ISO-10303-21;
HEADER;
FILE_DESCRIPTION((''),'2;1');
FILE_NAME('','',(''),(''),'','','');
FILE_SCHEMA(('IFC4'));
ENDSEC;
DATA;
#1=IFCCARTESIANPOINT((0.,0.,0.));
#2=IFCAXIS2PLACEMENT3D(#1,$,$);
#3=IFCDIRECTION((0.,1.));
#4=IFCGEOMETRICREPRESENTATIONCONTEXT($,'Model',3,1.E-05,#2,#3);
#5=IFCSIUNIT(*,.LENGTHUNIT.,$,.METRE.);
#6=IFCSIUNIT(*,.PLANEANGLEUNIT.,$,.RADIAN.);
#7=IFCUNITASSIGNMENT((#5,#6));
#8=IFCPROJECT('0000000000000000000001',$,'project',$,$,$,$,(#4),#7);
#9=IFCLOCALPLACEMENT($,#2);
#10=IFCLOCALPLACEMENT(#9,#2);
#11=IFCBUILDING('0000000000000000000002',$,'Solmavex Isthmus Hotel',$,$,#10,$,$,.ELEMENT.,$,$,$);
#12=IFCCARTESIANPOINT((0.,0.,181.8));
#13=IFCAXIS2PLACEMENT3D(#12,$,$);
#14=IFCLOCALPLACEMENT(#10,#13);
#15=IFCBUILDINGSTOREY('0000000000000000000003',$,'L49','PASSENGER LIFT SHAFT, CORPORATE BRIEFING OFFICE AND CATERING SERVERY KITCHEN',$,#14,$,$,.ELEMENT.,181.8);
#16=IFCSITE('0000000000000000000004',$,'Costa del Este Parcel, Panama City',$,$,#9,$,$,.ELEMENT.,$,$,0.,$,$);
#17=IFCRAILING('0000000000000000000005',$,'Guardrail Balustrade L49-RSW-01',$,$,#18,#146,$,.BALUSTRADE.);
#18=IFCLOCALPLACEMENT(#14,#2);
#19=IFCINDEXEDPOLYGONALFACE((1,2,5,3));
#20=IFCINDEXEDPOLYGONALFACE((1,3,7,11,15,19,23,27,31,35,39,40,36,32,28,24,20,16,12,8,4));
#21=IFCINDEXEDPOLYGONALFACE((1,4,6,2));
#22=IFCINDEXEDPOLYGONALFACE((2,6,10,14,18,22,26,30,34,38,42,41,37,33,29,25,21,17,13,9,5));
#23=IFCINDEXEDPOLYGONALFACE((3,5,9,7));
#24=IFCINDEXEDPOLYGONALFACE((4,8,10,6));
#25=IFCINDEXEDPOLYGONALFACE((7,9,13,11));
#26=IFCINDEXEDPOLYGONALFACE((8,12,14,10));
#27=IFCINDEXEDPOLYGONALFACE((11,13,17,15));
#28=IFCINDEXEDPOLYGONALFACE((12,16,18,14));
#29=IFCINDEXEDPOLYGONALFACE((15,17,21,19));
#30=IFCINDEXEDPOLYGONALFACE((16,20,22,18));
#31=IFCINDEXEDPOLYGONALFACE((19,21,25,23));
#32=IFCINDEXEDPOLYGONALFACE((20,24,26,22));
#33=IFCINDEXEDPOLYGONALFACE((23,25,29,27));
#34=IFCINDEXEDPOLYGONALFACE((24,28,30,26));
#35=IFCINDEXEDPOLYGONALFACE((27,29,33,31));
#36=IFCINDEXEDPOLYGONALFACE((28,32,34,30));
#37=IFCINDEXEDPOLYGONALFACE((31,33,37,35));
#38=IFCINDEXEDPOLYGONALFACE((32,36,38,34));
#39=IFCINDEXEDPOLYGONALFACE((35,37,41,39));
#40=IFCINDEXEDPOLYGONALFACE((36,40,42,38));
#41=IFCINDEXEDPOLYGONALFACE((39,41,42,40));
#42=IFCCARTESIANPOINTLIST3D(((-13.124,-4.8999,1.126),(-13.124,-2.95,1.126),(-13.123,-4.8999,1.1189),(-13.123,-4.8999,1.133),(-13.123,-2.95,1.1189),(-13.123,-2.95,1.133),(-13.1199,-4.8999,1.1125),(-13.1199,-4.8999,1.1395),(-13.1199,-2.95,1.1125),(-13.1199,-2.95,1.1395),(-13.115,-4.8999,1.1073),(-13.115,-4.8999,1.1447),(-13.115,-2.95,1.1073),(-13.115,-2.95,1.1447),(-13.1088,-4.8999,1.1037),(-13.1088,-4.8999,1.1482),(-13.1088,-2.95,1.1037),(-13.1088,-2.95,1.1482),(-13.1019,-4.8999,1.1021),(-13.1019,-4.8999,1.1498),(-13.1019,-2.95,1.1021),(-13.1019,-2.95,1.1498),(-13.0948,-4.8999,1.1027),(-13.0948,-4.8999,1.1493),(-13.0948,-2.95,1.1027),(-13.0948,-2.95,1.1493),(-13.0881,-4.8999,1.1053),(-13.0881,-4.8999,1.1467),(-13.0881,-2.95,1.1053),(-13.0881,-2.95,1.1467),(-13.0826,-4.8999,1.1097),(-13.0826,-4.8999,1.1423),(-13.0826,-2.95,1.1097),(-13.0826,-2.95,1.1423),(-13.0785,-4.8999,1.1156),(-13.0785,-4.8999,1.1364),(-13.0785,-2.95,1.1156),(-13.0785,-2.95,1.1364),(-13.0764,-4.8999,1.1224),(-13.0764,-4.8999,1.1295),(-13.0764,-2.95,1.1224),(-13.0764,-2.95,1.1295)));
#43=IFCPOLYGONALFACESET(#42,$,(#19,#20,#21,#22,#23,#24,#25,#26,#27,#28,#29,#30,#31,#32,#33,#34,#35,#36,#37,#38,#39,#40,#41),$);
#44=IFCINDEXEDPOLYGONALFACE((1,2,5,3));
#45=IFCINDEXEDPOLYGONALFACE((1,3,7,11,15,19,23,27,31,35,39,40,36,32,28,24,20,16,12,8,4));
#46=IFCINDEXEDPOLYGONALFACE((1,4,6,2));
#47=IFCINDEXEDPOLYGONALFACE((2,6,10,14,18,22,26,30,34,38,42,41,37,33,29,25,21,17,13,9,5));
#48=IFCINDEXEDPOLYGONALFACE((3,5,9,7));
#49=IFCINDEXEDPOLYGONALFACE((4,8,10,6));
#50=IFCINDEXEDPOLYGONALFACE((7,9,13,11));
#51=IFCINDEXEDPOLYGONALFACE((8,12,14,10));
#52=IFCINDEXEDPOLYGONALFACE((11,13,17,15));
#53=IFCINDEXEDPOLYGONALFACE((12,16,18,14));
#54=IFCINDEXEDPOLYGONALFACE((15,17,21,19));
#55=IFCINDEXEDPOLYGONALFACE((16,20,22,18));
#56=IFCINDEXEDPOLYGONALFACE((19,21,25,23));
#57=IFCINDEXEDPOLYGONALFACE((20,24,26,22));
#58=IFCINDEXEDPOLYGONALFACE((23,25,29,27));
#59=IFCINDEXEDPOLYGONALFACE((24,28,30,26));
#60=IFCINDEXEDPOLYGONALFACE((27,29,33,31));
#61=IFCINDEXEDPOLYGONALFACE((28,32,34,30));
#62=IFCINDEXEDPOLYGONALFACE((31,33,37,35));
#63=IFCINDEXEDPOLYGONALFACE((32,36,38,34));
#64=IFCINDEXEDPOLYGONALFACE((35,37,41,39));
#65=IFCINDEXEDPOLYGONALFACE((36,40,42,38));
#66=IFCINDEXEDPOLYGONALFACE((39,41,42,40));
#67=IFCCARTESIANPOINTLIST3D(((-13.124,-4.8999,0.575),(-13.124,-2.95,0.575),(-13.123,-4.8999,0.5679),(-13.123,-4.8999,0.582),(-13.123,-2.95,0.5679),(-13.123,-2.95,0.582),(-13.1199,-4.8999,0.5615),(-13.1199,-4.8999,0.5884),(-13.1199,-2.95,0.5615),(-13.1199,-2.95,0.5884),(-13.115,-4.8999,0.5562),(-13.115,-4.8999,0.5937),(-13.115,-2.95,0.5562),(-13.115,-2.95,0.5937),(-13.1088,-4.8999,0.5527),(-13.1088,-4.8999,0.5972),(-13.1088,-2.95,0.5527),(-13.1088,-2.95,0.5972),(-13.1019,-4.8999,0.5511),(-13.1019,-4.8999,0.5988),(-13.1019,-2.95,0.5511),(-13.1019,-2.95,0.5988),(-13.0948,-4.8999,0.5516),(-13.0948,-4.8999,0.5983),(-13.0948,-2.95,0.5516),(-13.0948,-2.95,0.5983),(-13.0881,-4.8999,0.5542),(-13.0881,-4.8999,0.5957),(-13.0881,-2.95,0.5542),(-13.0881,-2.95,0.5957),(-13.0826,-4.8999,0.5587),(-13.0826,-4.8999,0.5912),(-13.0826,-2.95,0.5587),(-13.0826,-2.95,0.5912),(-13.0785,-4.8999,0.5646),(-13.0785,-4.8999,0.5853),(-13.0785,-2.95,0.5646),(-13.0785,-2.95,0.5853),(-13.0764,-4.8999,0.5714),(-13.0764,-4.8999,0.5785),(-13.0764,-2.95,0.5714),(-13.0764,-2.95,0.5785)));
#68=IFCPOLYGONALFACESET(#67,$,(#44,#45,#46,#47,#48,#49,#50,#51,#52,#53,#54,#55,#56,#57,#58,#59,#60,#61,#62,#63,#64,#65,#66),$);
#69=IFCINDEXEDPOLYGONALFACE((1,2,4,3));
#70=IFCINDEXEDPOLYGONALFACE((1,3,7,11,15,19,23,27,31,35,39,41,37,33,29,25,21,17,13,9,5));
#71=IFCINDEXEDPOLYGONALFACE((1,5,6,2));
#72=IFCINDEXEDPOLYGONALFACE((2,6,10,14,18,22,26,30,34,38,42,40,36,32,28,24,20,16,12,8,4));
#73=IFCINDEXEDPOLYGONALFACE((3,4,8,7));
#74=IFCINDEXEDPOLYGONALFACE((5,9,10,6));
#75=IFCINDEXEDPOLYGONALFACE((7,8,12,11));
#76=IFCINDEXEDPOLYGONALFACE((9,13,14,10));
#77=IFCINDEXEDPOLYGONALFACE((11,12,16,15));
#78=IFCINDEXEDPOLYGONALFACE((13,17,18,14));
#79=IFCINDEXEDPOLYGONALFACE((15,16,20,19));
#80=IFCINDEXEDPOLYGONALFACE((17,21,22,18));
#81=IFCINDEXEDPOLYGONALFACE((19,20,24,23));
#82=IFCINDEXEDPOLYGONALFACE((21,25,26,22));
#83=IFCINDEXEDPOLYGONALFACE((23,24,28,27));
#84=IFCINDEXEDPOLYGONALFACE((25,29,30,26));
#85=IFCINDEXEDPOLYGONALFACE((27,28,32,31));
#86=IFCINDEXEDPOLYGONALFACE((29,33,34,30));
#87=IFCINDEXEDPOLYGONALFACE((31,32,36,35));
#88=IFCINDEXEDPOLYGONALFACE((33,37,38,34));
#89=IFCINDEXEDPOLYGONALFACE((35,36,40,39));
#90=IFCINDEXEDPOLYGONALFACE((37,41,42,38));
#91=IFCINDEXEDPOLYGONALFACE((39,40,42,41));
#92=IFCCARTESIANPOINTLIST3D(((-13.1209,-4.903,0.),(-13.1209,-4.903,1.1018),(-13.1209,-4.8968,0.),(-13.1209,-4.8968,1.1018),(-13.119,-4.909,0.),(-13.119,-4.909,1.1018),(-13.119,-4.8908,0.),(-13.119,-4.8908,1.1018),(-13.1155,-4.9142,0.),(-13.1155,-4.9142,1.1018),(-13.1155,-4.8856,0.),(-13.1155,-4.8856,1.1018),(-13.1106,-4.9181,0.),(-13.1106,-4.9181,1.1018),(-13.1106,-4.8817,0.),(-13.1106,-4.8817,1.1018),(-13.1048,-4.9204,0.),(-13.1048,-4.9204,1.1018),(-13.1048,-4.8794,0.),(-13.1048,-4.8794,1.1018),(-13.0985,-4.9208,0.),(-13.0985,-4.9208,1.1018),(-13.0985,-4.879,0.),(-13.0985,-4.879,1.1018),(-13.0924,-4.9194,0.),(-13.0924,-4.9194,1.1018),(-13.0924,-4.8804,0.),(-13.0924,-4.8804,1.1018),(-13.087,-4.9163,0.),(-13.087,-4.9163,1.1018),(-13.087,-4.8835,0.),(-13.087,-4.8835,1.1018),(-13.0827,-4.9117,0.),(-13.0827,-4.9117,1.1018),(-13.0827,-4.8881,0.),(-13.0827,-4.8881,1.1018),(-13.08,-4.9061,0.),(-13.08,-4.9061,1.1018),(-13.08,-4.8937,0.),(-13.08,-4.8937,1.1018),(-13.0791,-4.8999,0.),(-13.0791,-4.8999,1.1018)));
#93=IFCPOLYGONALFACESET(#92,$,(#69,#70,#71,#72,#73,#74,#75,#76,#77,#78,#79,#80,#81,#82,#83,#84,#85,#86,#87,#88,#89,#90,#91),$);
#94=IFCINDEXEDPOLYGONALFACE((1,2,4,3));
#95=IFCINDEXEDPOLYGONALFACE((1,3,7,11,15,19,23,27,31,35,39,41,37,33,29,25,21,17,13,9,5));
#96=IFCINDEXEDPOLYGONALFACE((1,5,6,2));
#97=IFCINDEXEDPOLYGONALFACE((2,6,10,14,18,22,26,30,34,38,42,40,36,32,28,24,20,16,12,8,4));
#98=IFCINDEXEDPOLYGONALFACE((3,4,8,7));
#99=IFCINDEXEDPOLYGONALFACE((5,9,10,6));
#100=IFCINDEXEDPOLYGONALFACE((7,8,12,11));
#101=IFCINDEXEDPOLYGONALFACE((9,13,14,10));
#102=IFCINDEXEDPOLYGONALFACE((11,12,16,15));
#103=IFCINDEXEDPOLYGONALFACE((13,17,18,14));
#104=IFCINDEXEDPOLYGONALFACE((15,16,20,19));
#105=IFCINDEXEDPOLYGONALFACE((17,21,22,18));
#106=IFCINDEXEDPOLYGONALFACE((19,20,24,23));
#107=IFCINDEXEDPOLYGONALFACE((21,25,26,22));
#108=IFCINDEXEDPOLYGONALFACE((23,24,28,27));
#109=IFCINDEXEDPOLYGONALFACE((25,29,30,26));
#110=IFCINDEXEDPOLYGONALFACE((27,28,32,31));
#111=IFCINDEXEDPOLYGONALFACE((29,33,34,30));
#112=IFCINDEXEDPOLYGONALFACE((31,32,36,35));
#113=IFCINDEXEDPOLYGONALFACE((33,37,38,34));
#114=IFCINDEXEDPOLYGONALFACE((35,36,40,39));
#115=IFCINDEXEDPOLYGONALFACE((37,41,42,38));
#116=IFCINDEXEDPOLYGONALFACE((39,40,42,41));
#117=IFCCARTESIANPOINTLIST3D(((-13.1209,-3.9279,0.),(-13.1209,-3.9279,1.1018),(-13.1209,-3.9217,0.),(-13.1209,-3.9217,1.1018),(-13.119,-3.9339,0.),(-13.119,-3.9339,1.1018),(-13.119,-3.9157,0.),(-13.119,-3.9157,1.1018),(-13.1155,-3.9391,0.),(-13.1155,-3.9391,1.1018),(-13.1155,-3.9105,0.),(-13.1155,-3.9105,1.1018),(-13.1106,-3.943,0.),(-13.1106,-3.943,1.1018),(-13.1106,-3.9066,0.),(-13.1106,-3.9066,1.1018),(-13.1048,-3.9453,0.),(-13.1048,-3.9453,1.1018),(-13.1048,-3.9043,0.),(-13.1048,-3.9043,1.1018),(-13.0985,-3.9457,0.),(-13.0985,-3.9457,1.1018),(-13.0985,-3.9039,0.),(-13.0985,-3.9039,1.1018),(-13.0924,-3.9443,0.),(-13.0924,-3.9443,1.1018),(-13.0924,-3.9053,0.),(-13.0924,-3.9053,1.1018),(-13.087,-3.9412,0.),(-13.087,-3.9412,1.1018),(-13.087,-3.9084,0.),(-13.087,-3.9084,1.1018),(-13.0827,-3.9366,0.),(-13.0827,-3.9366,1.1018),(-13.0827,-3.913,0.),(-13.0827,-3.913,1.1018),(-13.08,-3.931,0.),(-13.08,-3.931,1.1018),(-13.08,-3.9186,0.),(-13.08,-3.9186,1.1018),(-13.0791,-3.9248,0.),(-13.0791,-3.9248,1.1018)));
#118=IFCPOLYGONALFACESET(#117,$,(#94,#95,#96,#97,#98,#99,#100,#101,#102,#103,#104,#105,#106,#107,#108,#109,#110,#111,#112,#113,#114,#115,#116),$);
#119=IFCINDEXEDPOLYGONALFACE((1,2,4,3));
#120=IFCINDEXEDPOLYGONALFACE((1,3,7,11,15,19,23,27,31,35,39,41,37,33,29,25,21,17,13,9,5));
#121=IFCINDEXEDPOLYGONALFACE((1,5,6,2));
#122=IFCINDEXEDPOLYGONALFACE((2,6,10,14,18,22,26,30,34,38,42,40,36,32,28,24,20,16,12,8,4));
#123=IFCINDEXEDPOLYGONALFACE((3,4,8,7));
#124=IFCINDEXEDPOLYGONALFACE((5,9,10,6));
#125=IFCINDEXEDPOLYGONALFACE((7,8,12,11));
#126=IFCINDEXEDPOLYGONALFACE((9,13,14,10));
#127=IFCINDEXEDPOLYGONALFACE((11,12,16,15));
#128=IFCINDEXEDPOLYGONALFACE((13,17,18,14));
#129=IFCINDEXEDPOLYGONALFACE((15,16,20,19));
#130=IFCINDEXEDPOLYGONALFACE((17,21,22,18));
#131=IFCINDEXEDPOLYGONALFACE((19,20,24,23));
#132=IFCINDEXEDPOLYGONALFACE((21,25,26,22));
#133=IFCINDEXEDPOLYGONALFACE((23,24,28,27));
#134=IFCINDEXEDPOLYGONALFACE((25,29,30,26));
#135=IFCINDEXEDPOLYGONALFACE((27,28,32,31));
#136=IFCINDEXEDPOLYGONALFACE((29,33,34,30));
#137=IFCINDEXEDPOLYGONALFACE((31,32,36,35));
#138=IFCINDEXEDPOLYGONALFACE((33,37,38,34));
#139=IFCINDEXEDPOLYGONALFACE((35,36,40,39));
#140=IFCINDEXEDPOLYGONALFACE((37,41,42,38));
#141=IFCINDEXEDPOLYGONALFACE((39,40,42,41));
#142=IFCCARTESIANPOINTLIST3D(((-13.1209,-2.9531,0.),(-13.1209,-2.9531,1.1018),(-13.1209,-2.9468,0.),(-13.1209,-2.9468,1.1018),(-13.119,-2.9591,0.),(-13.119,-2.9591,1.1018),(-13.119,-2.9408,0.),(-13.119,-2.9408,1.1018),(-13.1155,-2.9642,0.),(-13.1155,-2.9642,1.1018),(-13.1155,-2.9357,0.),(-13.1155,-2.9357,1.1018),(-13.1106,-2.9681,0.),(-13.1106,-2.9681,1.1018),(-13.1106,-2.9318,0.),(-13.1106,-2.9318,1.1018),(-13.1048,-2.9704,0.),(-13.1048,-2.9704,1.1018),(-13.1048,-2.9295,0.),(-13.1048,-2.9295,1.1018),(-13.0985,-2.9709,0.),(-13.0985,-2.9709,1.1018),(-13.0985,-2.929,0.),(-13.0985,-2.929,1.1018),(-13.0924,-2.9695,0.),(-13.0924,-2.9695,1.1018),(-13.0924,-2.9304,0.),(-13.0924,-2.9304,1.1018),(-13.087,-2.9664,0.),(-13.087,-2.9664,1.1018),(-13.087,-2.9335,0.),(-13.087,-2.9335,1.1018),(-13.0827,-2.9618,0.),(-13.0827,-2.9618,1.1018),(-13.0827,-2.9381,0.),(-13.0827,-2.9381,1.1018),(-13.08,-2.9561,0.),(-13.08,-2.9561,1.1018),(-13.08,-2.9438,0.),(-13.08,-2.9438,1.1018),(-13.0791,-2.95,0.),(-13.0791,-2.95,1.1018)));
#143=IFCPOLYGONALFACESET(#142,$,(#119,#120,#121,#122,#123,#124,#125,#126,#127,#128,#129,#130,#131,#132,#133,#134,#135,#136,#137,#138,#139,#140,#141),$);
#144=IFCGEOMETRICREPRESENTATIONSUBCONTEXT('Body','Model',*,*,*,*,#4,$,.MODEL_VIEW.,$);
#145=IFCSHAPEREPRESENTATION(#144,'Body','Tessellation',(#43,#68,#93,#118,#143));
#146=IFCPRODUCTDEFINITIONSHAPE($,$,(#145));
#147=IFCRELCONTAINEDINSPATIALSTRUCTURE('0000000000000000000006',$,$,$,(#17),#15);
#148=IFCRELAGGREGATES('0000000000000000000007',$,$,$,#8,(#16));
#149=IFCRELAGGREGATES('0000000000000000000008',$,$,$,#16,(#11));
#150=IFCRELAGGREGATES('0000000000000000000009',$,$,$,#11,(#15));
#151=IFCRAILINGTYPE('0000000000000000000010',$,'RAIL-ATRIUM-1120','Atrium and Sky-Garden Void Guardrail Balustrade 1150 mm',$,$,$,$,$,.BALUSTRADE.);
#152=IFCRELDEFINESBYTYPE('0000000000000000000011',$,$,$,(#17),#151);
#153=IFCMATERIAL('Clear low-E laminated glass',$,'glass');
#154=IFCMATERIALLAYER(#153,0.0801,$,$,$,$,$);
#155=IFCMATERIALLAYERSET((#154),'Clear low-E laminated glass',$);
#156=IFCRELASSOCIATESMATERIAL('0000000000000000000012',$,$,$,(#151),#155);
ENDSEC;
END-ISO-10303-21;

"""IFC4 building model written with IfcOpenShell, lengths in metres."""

from ifc_helpers import new_model, si_unit, direction, frame, origin, origin_2d, place, context, subcontext, project, spatial, circle, extrude, material, layer, layer_set, type_object, element, save


model = new_model("IFC4")

# Units and contexts
model_context = context("Model", 3, precision=1e-05, world=origin(), true_north=direction((0.0, 1.0)))
body_context = subcontext(model_context, "Body", "Model", "MODEL_VIEW")
ifc_project = project(units=[si_unit("LENGTHUNIT", "METRE"), si_unit("PLANEANGLEUNIT", "RADIAN")], contexts=[model_context])

# Site, building, storey
site_placement = place(None, origin())
site = spatial("IfcSite", under=ifc_project, at=site_placement, Name="Costa del Este Parcel, Panama City", CompositionType="ELEMENT", RefElevation=0.0)
building_placement = place(site_placement, origin())
building = spatial("IfcBuilding", under=site, at=building_placement, Name="Solmavex Isthmus Hotel", CompositionType="ELEMENT")
storey_placement = place(building_placement, frame((0.0, 0.0, 181.8)))
storey = spatial("IfcBuildingStorey", under=building, at=storey_placement, Name="L49", Description="PASSENGER LIFT SHAFT, CORPORATE BRIEFING OFFICE AND CATERING SERVERY KITCHEN", CompositionType="ELEMENT", Elevation=181.8)

# Shared definitions
ifc_material_1 = material(Name="Clear low-E laminated glass", Category="glass")

# Railing
ifc_layer_1 = layer(ifc_material_1, 0.0801)
ifc_layer_set_1 = layer_set([ifc_layer_1], Name="Clear low-E laminated glass")
railing_type_1 = type_object("IfcRailingType", Name="RAIL-ATRIUM-1120", Description="Atrium and Sky-Garden Void Guardrail Balustrade 1150 mm", PredefinedType="BALUSTRADE", material=ifc_layer_set_1)
railing_1_placement = place(storey_placement, frame((-13.1001, -4.8999, 0.0)))
element("IfcRailing", 1, at=railing_1_placement, inside=storey, type_object=railing_type_1, Name="Guardrail Balustrade L49-RSW-01", PredefinedType="BALUSTRADE", context=body_context, shape_type="SweptSolid", body=[
    extrude(circle(Radius=0.0239, at=origin_2d()), frame((0.0, 0.0, 1.126), z_axis=(0.0, 1.0, 0.0), x_axis=(-1.0, 0.0, 0.0)), (0.0, 0.0, 1.0), 1.95),
    extrude(circle(Radius=0.0239, at=origin_2d()), frame((0.0, 0.0, 0.575), z_axis=(0.0, 1.0, 0.0), x_axis=(-1.0, 0.0, 0.0)), (0.0, 0.0, 1.0), 1.95),
    extrude(circle(Radius=0.021, at=origin_2d()), origin(), (0.0, 0.0, 1.0), 1.1018),
    extrude(circle(Radius=0.021, at=origin_2d()), frame((0.0, 0.9751, 0.0)), (0.0, 0.0, 1.0), 1.1018),
    extrude(circle(Radius=0.021, at=origin_2d()), frame((0.0, 1.95, 0.0)), (0.0, 0.0, 1.0), 1.1018),
])

save(model, "model.ifc")
